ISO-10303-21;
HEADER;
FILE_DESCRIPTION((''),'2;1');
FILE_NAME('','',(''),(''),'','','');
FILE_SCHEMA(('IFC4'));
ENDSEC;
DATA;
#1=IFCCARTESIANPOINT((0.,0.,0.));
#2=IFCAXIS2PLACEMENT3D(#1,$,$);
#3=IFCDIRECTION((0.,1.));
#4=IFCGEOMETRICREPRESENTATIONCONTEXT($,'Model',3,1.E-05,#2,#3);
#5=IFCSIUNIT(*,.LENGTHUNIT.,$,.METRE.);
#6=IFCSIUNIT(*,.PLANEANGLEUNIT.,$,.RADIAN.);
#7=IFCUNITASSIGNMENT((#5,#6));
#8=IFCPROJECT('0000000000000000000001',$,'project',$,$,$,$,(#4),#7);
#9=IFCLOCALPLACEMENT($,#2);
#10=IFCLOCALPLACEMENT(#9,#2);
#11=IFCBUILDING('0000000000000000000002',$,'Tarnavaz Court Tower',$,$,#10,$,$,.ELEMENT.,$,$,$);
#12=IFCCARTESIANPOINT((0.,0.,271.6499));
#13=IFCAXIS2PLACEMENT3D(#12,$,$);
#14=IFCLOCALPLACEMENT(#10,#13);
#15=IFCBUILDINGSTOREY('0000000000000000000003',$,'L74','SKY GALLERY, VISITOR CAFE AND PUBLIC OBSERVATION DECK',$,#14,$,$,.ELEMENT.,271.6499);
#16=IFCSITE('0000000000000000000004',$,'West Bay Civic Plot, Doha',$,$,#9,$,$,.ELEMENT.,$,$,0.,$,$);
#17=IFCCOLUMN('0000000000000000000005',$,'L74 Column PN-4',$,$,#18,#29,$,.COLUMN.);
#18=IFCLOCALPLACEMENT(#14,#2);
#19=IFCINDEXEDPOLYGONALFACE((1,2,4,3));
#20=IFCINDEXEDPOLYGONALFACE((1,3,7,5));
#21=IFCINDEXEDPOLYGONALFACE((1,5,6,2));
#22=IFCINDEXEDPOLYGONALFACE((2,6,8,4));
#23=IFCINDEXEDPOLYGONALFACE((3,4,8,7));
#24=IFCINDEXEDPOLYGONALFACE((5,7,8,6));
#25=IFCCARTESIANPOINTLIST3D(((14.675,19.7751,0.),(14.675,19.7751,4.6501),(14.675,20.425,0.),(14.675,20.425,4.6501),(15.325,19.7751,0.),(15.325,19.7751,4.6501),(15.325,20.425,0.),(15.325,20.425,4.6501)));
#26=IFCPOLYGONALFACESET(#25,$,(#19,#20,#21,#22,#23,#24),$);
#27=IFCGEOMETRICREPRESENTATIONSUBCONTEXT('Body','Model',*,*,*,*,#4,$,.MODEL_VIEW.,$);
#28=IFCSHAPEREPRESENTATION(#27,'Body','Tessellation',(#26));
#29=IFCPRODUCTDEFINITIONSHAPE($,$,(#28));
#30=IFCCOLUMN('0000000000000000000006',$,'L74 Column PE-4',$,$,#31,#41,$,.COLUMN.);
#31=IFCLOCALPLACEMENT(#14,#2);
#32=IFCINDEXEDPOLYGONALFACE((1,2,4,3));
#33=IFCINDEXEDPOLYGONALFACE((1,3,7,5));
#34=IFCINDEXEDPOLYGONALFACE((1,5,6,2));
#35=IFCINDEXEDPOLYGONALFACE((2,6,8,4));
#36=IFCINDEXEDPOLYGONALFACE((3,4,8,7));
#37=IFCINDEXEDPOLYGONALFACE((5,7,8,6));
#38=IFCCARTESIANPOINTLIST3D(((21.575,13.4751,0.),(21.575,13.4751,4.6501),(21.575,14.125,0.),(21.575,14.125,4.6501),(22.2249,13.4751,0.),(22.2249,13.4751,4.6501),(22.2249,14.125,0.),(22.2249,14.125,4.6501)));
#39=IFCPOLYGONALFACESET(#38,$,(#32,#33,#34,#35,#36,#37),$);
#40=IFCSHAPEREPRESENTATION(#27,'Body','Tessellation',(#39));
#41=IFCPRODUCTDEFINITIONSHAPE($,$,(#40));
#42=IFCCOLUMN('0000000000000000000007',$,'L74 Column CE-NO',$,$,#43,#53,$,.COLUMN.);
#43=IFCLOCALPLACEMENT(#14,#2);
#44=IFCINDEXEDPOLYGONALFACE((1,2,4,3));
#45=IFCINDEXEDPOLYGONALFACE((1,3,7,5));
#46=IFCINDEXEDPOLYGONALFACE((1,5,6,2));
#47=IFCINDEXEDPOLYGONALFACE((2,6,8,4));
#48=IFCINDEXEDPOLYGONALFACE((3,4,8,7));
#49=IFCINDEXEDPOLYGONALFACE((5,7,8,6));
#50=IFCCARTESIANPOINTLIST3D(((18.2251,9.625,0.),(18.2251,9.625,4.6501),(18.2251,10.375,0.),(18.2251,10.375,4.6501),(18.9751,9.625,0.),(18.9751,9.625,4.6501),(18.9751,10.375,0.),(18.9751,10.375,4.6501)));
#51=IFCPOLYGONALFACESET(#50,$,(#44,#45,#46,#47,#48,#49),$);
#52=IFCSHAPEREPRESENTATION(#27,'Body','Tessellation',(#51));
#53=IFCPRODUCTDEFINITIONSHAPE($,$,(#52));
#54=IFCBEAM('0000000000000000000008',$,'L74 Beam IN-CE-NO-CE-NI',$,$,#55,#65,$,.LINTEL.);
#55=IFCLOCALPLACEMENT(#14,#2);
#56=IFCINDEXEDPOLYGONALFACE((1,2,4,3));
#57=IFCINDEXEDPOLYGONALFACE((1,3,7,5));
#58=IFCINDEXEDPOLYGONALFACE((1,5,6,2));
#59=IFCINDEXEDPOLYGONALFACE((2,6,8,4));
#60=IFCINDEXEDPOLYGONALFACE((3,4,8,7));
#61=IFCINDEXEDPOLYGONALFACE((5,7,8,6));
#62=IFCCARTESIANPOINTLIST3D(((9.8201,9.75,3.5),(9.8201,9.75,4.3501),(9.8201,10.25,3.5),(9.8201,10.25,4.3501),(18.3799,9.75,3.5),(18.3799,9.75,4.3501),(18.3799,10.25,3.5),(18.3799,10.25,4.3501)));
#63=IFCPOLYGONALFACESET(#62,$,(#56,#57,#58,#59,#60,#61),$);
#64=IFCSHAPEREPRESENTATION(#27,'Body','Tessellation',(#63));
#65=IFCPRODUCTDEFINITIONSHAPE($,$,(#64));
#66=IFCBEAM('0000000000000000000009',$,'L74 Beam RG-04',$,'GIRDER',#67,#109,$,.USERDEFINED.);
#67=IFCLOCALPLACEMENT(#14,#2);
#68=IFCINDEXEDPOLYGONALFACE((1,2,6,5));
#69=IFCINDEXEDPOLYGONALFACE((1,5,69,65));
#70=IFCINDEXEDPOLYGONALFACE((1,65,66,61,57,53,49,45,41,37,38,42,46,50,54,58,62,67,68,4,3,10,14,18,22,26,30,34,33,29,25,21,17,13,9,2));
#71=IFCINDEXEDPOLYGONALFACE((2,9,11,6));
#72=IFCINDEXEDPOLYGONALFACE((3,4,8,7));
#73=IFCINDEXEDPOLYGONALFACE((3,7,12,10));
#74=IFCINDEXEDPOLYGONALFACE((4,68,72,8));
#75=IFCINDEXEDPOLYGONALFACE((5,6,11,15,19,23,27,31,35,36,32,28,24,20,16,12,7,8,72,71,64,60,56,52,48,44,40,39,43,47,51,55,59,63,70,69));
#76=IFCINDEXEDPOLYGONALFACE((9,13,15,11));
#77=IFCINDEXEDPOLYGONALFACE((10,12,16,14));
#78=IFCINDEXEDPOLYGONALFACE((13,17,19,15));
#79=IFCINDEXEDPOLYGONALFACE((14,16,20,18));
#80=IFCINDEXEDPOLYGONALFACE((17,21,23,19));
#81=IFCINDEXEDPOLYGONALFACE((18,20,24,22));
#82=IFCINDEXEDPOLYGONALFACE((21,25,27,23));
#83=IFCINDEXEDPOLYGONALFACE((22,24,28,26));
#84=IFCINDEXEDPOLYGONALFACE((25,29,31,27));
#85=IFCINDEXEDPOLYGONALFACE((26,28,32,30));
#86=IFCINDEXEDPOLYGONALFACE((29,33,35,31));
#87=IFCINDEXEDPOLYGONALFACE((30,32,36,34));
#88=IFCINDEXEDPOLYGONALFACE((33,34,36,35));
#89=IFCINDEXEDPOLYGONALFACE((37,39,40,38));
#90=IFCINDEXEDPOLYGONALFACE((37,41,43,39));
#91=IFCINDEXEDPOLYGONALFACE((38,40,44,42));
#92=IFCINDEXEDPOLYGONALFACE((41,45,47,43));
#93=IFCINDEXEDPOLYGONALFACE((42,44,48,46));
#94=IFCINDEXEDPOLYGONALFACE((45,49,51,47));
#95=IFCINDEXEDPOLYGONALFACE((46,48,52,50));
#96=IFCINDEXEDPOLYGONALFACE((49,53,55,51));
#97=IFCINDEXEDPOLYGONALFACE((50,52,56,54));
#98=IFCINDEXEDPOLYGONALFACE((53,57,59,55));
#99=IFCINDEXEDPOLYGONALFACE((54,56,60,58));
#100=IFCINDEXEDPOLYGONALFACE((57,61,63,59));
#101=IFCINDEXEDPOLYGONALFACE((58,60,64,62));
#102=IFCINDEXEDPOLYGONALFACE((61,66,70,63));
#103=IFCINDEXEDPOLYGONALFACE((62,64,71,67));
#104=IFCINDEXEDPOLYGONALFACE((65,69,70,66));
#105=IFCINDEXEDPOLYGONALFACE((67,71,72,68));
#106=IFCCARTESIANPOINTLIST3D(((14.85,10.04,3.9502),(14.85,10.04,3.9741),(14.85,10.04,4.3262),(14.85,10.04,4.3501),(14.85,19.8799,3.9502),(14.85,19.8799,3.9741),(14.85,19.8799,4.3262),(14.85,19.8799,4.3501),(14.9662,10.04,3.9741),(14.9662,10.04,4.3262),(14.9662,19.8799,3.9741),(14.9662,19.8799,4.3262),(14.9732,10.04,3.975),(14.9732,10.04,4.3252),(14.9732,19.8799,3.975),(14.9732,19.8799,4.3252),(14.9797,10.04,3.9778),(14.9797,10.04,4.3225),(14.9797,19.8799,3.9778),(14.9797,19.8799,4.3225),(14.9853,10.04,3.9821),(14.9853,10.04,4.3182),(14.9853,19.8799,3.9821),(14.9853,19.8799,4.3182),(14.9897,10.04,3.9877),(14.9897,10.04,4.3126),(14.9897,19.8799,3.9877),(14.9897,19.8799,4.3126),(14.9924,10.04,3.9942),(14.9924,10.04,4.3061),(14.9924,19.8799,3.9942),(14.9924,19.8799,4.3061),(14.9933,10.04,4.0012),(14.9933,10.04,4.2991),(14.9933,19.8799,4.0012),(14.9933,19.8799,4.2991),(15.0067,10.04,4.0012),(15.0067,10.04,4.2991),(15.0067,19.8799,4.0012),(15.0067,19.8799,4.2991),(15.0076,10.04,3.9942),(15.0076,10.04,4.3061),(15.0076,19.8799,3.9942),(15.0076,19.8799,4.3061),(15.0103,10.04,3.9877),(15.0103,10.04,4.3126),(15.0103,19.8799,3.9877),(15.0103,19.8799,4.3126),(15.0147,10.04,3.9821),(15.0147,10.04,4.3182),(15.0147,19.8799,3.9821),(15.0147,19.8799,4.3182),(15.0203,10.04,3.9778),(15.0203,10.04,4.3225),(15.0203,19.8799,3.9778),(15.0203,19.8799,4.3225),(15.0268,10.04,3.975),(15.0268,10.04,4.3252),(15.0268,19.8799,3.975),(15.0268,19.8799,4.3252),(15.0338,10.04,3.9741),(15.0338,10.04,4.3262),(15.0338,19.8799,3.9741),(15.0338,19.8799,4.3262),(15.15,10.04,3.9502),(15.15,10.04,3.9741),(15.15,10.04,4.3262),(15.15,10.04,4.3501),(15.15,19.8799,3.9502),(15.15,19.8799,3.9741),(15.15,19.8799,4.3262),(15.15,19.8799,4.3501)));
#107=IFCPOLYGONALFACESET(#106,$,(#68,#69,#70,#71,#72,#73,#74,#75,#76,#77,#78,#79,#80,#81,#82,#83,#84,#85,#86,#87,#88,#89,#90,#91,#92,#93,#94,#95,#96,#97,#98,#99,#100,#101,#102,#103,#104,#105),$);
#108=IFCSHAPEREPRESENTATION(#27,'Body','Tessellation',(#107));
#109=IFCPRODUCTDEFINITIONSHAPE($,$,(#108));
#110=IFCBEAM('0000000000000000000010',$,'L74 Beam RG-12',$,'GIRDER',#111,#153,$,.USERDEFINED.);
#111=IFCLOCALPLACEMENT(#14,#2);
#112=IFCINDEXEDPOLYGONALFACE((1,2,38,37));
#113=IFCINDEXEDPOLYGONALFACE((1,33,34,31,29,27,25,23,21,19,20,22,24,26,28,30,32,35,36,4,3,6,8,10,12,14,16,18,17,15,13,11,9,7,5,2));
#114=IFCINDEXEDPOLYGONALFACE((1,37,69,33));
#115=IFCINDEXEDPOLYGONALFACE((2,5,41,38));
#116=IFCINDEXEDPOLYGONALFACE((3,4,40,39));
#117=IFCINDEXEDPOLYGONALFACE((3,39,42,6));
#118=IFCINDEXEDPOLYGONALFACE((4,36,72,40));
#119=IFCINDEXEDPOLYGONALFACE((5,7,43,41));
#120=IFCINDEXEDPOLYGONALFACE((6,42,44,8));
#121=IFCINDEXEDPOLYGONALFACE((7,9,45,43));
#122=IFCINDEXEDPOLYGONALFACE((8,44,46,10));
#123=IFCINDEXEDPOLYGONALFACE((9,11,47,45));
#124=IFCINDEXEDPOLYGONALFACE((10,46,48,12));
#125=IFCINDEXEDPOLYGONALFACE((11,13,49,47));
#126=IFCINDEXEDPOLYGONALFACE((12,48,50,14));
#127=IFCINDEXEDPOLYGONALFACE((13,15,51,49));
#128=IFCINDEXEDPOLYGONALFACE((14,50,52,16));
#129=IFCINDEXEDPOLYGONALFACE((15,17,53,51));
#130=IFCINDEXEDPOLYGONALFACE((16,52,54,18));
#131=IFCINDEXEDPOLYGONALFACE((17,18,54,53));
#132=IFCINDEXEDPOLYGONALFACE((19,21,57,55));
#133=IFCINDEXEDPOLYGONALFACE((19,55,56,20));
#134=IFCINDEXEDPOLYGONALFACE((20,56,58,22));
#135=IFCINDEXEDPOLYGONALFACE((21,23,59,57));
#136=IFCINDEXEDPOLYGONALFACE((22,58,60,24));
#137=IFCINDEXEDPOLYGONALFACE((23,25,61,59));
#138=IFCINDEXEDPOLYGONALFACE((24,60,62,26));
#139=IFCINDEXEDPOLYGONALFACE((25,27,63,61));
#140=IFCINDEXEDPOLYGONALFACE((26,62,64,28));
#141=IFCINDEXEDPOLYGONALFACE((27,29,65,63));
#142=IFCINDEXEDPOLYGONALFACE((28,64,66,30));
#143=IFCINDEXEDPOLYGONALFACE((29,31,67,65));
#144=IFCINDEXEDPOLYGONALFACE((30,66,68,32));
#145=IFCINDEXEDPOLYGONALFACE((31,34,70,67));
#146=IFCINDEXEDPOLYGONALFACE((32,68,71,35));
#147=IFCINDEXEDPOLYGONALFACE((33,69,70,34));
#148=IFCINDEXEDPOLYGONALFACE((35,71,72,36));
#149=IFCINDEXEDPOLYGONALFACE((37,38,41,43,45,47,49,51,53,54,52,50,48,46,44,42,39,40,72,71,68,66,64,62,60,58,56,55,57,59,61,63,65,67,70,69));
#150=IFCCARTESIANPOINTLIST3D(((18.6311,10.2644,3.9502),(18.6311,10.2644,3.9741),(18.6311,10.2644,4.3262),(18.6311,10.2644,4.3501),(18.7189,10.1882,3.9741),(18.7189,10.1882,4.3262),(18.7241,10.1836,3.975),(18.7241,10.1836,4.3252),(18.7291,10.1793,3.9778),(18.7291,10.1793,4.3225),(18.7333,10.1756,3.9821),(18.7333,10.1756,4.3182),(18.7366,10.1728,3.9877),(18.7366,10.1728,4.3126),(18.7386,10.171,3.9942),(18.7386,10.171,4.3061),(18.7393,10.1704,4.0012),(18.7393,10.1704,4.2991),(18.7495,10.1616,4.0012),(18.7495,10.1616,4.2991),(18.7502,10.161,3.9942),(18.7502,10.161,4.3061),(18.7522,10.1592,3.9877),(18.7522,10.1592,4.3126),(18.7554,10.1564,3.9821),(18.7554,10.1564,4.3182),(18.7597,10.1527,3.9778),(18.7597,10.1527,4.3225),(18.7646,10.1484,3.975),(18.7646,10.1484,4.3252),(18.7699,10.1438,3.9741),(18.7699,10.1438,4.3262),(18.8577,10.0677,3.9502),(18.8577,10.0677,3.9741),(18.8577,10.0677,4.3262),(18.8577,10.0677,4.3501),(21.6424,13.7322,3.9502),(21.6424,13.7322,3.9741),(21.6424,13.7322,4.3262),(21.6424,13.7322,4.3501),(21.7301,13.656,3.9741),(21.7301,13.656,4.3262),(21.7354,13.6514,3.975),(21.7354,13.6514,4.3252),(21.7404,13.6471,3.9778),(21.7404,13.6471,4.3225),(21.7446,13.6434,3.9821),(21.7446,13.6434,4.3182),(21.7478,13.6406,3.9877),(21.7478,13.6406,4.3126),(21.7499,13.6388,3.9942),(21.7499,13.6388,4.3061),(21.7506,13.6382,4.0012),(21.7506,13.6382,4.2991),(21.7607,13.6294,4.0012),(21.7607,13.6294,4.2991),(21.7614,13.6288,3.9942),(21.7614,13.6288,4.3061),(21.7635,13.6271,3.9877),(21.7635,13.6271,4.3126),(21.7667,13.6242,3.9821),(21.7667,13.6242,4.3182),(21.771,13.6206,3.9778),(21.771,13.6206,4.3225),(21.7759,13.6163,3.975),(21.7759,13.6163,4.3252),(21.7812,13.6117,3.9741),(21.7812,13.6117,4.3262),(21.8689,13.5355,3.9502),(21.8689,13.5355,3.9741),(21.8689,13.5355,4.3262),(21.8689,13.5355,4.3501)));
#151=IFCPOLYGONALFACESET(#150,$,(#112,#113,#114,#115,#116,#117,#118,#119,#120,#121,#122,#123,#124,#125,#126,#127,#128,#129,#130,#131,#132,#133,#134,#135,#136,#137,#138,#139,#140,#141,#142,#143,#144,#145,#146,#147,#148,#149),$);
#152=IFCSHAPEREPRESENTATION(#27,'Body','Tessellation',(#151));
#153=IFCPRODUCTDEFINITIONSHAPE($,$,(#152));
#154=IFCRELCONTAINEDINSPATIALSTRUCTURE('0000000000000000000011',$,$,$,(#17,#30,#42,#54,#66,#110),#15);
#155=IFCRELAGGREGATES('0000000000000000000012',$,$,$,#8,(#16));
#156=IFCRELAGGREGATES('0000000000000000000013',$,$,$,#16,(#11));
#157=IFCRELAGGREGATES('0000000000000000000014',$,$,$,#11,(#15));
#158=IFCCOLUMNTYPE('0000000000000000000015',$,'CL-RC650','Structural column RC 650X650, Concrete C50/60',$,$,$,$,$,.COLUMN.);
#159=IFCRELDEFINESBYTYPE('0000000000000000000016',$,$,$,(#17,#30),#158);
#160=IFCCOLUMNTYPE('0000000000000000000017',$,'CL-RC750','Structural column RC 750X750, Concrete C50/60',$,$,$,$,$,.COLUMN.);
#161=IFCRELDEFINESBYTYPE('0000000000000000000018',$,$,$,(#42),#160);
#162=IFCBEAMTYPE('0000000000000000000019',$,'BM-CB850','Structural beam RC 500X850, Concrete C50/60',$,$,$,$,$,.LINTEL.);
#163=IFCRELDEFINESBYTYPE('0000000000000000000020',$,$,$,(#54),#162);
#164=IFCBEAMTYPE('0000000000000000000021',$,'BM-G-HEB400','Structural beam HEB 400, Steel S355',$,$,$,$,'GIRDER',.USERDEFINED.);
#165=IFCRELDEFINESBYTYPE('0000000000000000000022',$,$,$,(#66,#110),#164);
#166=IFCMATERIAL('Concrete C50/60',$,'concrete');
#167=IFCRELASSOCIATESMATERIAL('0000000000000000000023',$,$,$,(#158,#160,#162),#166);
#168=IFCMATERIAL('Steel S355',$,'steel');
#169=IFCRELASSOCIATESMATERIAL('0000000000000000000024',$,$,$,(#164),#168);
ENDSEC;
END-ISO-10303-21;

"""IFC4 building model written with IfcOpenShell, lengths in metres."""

from ifc_helpers import new_model, si_unit, direction, frame, origin, origin_2d, place, context, subcontext, project, spatial, rectangle, i_section, extrude, material, material_profile, profile_set, type_object, element, save


model = new_model("IFC4")

# Units and contexts
model_context = context("Model", 3, precision=1e-05, world=origin(), true_north=direction((0.0, 1.0)))
body_context = subcontext(model_context, "Body", "Model", "MODEL_VIEW")
ifc_project = project(units=[si_unit("LENGTHUNIT", "METRE"), si_unit("PLANEANGLEUNIT", "RADIAN")], contexts=[model_context])

# Site, building, storey
site_placement = place(None, origin())
site = spatial("IfcSite", under=ifc_project, at=site_placement, Name="West Bay Civic Plot, Doha", CompositionType="ELEMENT", RefElevation=0.0)
building_placement = place(site_placement, origin())
building = spatial("IfcBuilding", under=site, at=building_placement, Name="Tarnavaz Court Tower", CompositionType="ELEMENT")
storey_placement = place(building_placement, frame((0.0, 0.0, 271.6499)))
storey = spatial("IfcBuildingStorey", under=building, at=storey_placement, Name="L74", Description="SKY GALLERY, VISITOR CAFE AND PUBLIC OBSERVATION DECK", CompositionType="ELEMENT", Elevation=271.6499)

# Columns
ifc_material_1 = material(Name="Concrete C50/60", Category="concrete")
ifc_material_profile_1 = material_profile(ifc_material_1, rectangle(XDim=0.6499, YDim=0.6499, at=origin_2d()), Name="RC 650X650")
ifc_profile_set_1 = profile_set([ifc_material_profile_1], Name="Concrete C50/60")
column_type_1 = type_object("IfcColumnType", Name="CL-RC650", Description="Structural column RC 650X650, Concrete C50/60", PredefinedType="COLUMN", material=ifc_profile_set_1)
for number, where, z_axis, x_axis, name in (
    (1, (15.0, 20.1001, 0.0), (0.0, 0.0, 1.0), (1.0, 0.0, 0.0), "L74 Column PN-4"),
    (2, (21.8999, 13.8, 0.0), (0.0, 0.0, 1.0), (1.0, 0.0, 0.0), "L74 Column PE-4"),
):
    element("IfcColumn", number, at=place(storey_placement, frame(where, z_axis=z_axis, x_axis=x_axis)), inside=storey, type_object=column_type_1, Name=name, PredefinedType="COLUMN", context=body_context, shape_type="SweptSolid", body=[
        extrude(rectangle(XDim=0.6499, YDim=0.6499, at=origin_2d()), origin(), (0.0, 0.0, 1.0), 4.6501),
    ])
ifc_material_profile_2 = material_profile(ifc_material_1, rectangle(XDim=0.75, YDim=0.75, at=origin_2d()), Name="RC 750X750")
ifc_profile_set_2 = profile_set([ifc_material_profile_2], Name="Concrete C50/60")
column_type_2 = type_object("IfcColumnType", Name="CL-RC750", Description="Structural column RC 750X750, Concrete C50/60", PredefinedType="COLUMN", material=ifc_profile_set_2)
column_placement = place(storey_placement, frame((18.6001, 10.0, 0.0), z_axis=(0.0, 0.0, 1.0), x_axis=(1.0, 0.0, 0.0)))
element("IfcColumn", 3, at=column_placement, inside=storey, type_object=column_type_2, Name="L74 Column CE-NO", PredefinedType="COLUMN", context=body_context, shape_type="SweptSolid", body=[
    extrude(rectangle(XDim=0.75, YDim=0.75, at=origin_2d()), origin(), (0.0, 0.0, 1.0), 4.6501),
])

# Beams
ifc_material_profile_3 = material_profile(ifc_material_1, rectangle(XDim=0.5, YDim=0.8501, at=origin_2d()), Name="RC 500X850")
ifc_profile_set_3 = profile_set([ifc_material_profile_3], Name="Concrete C50/60")
beam_type_1 = type_object("IfcBeamType", Name="BM-CB850", Description="Structural beam RC 500X850, Concrete C50/60", PredefinedType="LINTEL", material=ifc_profile_set_3)
beam_1_placement = place(storey_placement, frame((18.3799, 10.0, 3.925), z_axis=(-1.0, 0.0, 0.0), x_axis=(0.0, -1.0, 0.0)))
element("IfcBeam", 4, at=beam_1_placement, inside=storey, type_object=beam_type_1, Name="L74 Beam IN-CE-NO-CE-NI", PredefinedType="LINTEL", context=body_context, shape_type="SweptSolid", body=[
    extrude(rectangle(XDim=0.5, YDim=0.8501, at=origin_2d()), origin(), (0.0, 0.0, 1.0), 8.5598),
])
ifc_material_2 = material(Name="Steel S355", Category="steel")
ifc_material_profile_4 = material_profile(ifc_material_2, i_section(OverallWidth=0.3, OverallDepth=0.3999, WebThickness=0.0134, FlangeThickness=0.0239, FilletRadius=0.0271, at=origin_2d()), Name="HEB 400")
ifc_profile_set_4 = profile_set([ifc_material_profile_4], Name="Steel S355")
beam_type_2 = type_object("IfcBeamType", Name="BM-G-HEB400", Description="Structural beam HEB 400, Steel S355", ElementType="GIRDER", PredefinedType="USERDEFINED", material=ifc_profile_set_4)
beam_2_placement = place(storey_placement, frame((15.0, 10.04, 4.1501), z_axis=(0.0, 1.0, 0.0), x_axis=(-1.0, 0.0, 0.0)))
element("IfcBeam", 5, at=beam_2_placement, inside=storey, type_object=beam_type_2, Name="L74 Beam RG-04", ObjectType="GIRDER", PredefinedType="USERDEFINED", context=body_context, shape_type="SweptSolid", body=[
    extrude(i_section(OverallWidth=0.3, OverallDepth=0.3999, WebThickness=0.0134, FlangeThickness=0.0239, FilletRadius=0.0271, at=origin_2d()), origin(), (0.0, 0.0, 1.0), 9.8398),
])
beam_3_placement = place(storey_placement, frame((18.7444, 10.166, 4.1501), z_axis=(0.655655, 0.755061, 0.0), x_axis=(-0.755061, 0.655655, 0.0)))
element("IfcBeam", 6, at=beam_3_placement, inside=storey, type_object=beam_type_2, Name="L74 Beam RG-12", ObjectType="GIRDER", PredefinedType="USERDEFINED", context=body_context, shape_type="SweptSolid", body=[
    extrude(i_section(OverallWidth=0.3, OverallDepth=0.3999, WebThickness=0.0134, FlangeThickness=0.0239, FilletRadius=0.0271, at=origin_2d()), origin(), (0.0, 0.0, 1.0), 4.5928),
])

save(model, "model.ifc")
